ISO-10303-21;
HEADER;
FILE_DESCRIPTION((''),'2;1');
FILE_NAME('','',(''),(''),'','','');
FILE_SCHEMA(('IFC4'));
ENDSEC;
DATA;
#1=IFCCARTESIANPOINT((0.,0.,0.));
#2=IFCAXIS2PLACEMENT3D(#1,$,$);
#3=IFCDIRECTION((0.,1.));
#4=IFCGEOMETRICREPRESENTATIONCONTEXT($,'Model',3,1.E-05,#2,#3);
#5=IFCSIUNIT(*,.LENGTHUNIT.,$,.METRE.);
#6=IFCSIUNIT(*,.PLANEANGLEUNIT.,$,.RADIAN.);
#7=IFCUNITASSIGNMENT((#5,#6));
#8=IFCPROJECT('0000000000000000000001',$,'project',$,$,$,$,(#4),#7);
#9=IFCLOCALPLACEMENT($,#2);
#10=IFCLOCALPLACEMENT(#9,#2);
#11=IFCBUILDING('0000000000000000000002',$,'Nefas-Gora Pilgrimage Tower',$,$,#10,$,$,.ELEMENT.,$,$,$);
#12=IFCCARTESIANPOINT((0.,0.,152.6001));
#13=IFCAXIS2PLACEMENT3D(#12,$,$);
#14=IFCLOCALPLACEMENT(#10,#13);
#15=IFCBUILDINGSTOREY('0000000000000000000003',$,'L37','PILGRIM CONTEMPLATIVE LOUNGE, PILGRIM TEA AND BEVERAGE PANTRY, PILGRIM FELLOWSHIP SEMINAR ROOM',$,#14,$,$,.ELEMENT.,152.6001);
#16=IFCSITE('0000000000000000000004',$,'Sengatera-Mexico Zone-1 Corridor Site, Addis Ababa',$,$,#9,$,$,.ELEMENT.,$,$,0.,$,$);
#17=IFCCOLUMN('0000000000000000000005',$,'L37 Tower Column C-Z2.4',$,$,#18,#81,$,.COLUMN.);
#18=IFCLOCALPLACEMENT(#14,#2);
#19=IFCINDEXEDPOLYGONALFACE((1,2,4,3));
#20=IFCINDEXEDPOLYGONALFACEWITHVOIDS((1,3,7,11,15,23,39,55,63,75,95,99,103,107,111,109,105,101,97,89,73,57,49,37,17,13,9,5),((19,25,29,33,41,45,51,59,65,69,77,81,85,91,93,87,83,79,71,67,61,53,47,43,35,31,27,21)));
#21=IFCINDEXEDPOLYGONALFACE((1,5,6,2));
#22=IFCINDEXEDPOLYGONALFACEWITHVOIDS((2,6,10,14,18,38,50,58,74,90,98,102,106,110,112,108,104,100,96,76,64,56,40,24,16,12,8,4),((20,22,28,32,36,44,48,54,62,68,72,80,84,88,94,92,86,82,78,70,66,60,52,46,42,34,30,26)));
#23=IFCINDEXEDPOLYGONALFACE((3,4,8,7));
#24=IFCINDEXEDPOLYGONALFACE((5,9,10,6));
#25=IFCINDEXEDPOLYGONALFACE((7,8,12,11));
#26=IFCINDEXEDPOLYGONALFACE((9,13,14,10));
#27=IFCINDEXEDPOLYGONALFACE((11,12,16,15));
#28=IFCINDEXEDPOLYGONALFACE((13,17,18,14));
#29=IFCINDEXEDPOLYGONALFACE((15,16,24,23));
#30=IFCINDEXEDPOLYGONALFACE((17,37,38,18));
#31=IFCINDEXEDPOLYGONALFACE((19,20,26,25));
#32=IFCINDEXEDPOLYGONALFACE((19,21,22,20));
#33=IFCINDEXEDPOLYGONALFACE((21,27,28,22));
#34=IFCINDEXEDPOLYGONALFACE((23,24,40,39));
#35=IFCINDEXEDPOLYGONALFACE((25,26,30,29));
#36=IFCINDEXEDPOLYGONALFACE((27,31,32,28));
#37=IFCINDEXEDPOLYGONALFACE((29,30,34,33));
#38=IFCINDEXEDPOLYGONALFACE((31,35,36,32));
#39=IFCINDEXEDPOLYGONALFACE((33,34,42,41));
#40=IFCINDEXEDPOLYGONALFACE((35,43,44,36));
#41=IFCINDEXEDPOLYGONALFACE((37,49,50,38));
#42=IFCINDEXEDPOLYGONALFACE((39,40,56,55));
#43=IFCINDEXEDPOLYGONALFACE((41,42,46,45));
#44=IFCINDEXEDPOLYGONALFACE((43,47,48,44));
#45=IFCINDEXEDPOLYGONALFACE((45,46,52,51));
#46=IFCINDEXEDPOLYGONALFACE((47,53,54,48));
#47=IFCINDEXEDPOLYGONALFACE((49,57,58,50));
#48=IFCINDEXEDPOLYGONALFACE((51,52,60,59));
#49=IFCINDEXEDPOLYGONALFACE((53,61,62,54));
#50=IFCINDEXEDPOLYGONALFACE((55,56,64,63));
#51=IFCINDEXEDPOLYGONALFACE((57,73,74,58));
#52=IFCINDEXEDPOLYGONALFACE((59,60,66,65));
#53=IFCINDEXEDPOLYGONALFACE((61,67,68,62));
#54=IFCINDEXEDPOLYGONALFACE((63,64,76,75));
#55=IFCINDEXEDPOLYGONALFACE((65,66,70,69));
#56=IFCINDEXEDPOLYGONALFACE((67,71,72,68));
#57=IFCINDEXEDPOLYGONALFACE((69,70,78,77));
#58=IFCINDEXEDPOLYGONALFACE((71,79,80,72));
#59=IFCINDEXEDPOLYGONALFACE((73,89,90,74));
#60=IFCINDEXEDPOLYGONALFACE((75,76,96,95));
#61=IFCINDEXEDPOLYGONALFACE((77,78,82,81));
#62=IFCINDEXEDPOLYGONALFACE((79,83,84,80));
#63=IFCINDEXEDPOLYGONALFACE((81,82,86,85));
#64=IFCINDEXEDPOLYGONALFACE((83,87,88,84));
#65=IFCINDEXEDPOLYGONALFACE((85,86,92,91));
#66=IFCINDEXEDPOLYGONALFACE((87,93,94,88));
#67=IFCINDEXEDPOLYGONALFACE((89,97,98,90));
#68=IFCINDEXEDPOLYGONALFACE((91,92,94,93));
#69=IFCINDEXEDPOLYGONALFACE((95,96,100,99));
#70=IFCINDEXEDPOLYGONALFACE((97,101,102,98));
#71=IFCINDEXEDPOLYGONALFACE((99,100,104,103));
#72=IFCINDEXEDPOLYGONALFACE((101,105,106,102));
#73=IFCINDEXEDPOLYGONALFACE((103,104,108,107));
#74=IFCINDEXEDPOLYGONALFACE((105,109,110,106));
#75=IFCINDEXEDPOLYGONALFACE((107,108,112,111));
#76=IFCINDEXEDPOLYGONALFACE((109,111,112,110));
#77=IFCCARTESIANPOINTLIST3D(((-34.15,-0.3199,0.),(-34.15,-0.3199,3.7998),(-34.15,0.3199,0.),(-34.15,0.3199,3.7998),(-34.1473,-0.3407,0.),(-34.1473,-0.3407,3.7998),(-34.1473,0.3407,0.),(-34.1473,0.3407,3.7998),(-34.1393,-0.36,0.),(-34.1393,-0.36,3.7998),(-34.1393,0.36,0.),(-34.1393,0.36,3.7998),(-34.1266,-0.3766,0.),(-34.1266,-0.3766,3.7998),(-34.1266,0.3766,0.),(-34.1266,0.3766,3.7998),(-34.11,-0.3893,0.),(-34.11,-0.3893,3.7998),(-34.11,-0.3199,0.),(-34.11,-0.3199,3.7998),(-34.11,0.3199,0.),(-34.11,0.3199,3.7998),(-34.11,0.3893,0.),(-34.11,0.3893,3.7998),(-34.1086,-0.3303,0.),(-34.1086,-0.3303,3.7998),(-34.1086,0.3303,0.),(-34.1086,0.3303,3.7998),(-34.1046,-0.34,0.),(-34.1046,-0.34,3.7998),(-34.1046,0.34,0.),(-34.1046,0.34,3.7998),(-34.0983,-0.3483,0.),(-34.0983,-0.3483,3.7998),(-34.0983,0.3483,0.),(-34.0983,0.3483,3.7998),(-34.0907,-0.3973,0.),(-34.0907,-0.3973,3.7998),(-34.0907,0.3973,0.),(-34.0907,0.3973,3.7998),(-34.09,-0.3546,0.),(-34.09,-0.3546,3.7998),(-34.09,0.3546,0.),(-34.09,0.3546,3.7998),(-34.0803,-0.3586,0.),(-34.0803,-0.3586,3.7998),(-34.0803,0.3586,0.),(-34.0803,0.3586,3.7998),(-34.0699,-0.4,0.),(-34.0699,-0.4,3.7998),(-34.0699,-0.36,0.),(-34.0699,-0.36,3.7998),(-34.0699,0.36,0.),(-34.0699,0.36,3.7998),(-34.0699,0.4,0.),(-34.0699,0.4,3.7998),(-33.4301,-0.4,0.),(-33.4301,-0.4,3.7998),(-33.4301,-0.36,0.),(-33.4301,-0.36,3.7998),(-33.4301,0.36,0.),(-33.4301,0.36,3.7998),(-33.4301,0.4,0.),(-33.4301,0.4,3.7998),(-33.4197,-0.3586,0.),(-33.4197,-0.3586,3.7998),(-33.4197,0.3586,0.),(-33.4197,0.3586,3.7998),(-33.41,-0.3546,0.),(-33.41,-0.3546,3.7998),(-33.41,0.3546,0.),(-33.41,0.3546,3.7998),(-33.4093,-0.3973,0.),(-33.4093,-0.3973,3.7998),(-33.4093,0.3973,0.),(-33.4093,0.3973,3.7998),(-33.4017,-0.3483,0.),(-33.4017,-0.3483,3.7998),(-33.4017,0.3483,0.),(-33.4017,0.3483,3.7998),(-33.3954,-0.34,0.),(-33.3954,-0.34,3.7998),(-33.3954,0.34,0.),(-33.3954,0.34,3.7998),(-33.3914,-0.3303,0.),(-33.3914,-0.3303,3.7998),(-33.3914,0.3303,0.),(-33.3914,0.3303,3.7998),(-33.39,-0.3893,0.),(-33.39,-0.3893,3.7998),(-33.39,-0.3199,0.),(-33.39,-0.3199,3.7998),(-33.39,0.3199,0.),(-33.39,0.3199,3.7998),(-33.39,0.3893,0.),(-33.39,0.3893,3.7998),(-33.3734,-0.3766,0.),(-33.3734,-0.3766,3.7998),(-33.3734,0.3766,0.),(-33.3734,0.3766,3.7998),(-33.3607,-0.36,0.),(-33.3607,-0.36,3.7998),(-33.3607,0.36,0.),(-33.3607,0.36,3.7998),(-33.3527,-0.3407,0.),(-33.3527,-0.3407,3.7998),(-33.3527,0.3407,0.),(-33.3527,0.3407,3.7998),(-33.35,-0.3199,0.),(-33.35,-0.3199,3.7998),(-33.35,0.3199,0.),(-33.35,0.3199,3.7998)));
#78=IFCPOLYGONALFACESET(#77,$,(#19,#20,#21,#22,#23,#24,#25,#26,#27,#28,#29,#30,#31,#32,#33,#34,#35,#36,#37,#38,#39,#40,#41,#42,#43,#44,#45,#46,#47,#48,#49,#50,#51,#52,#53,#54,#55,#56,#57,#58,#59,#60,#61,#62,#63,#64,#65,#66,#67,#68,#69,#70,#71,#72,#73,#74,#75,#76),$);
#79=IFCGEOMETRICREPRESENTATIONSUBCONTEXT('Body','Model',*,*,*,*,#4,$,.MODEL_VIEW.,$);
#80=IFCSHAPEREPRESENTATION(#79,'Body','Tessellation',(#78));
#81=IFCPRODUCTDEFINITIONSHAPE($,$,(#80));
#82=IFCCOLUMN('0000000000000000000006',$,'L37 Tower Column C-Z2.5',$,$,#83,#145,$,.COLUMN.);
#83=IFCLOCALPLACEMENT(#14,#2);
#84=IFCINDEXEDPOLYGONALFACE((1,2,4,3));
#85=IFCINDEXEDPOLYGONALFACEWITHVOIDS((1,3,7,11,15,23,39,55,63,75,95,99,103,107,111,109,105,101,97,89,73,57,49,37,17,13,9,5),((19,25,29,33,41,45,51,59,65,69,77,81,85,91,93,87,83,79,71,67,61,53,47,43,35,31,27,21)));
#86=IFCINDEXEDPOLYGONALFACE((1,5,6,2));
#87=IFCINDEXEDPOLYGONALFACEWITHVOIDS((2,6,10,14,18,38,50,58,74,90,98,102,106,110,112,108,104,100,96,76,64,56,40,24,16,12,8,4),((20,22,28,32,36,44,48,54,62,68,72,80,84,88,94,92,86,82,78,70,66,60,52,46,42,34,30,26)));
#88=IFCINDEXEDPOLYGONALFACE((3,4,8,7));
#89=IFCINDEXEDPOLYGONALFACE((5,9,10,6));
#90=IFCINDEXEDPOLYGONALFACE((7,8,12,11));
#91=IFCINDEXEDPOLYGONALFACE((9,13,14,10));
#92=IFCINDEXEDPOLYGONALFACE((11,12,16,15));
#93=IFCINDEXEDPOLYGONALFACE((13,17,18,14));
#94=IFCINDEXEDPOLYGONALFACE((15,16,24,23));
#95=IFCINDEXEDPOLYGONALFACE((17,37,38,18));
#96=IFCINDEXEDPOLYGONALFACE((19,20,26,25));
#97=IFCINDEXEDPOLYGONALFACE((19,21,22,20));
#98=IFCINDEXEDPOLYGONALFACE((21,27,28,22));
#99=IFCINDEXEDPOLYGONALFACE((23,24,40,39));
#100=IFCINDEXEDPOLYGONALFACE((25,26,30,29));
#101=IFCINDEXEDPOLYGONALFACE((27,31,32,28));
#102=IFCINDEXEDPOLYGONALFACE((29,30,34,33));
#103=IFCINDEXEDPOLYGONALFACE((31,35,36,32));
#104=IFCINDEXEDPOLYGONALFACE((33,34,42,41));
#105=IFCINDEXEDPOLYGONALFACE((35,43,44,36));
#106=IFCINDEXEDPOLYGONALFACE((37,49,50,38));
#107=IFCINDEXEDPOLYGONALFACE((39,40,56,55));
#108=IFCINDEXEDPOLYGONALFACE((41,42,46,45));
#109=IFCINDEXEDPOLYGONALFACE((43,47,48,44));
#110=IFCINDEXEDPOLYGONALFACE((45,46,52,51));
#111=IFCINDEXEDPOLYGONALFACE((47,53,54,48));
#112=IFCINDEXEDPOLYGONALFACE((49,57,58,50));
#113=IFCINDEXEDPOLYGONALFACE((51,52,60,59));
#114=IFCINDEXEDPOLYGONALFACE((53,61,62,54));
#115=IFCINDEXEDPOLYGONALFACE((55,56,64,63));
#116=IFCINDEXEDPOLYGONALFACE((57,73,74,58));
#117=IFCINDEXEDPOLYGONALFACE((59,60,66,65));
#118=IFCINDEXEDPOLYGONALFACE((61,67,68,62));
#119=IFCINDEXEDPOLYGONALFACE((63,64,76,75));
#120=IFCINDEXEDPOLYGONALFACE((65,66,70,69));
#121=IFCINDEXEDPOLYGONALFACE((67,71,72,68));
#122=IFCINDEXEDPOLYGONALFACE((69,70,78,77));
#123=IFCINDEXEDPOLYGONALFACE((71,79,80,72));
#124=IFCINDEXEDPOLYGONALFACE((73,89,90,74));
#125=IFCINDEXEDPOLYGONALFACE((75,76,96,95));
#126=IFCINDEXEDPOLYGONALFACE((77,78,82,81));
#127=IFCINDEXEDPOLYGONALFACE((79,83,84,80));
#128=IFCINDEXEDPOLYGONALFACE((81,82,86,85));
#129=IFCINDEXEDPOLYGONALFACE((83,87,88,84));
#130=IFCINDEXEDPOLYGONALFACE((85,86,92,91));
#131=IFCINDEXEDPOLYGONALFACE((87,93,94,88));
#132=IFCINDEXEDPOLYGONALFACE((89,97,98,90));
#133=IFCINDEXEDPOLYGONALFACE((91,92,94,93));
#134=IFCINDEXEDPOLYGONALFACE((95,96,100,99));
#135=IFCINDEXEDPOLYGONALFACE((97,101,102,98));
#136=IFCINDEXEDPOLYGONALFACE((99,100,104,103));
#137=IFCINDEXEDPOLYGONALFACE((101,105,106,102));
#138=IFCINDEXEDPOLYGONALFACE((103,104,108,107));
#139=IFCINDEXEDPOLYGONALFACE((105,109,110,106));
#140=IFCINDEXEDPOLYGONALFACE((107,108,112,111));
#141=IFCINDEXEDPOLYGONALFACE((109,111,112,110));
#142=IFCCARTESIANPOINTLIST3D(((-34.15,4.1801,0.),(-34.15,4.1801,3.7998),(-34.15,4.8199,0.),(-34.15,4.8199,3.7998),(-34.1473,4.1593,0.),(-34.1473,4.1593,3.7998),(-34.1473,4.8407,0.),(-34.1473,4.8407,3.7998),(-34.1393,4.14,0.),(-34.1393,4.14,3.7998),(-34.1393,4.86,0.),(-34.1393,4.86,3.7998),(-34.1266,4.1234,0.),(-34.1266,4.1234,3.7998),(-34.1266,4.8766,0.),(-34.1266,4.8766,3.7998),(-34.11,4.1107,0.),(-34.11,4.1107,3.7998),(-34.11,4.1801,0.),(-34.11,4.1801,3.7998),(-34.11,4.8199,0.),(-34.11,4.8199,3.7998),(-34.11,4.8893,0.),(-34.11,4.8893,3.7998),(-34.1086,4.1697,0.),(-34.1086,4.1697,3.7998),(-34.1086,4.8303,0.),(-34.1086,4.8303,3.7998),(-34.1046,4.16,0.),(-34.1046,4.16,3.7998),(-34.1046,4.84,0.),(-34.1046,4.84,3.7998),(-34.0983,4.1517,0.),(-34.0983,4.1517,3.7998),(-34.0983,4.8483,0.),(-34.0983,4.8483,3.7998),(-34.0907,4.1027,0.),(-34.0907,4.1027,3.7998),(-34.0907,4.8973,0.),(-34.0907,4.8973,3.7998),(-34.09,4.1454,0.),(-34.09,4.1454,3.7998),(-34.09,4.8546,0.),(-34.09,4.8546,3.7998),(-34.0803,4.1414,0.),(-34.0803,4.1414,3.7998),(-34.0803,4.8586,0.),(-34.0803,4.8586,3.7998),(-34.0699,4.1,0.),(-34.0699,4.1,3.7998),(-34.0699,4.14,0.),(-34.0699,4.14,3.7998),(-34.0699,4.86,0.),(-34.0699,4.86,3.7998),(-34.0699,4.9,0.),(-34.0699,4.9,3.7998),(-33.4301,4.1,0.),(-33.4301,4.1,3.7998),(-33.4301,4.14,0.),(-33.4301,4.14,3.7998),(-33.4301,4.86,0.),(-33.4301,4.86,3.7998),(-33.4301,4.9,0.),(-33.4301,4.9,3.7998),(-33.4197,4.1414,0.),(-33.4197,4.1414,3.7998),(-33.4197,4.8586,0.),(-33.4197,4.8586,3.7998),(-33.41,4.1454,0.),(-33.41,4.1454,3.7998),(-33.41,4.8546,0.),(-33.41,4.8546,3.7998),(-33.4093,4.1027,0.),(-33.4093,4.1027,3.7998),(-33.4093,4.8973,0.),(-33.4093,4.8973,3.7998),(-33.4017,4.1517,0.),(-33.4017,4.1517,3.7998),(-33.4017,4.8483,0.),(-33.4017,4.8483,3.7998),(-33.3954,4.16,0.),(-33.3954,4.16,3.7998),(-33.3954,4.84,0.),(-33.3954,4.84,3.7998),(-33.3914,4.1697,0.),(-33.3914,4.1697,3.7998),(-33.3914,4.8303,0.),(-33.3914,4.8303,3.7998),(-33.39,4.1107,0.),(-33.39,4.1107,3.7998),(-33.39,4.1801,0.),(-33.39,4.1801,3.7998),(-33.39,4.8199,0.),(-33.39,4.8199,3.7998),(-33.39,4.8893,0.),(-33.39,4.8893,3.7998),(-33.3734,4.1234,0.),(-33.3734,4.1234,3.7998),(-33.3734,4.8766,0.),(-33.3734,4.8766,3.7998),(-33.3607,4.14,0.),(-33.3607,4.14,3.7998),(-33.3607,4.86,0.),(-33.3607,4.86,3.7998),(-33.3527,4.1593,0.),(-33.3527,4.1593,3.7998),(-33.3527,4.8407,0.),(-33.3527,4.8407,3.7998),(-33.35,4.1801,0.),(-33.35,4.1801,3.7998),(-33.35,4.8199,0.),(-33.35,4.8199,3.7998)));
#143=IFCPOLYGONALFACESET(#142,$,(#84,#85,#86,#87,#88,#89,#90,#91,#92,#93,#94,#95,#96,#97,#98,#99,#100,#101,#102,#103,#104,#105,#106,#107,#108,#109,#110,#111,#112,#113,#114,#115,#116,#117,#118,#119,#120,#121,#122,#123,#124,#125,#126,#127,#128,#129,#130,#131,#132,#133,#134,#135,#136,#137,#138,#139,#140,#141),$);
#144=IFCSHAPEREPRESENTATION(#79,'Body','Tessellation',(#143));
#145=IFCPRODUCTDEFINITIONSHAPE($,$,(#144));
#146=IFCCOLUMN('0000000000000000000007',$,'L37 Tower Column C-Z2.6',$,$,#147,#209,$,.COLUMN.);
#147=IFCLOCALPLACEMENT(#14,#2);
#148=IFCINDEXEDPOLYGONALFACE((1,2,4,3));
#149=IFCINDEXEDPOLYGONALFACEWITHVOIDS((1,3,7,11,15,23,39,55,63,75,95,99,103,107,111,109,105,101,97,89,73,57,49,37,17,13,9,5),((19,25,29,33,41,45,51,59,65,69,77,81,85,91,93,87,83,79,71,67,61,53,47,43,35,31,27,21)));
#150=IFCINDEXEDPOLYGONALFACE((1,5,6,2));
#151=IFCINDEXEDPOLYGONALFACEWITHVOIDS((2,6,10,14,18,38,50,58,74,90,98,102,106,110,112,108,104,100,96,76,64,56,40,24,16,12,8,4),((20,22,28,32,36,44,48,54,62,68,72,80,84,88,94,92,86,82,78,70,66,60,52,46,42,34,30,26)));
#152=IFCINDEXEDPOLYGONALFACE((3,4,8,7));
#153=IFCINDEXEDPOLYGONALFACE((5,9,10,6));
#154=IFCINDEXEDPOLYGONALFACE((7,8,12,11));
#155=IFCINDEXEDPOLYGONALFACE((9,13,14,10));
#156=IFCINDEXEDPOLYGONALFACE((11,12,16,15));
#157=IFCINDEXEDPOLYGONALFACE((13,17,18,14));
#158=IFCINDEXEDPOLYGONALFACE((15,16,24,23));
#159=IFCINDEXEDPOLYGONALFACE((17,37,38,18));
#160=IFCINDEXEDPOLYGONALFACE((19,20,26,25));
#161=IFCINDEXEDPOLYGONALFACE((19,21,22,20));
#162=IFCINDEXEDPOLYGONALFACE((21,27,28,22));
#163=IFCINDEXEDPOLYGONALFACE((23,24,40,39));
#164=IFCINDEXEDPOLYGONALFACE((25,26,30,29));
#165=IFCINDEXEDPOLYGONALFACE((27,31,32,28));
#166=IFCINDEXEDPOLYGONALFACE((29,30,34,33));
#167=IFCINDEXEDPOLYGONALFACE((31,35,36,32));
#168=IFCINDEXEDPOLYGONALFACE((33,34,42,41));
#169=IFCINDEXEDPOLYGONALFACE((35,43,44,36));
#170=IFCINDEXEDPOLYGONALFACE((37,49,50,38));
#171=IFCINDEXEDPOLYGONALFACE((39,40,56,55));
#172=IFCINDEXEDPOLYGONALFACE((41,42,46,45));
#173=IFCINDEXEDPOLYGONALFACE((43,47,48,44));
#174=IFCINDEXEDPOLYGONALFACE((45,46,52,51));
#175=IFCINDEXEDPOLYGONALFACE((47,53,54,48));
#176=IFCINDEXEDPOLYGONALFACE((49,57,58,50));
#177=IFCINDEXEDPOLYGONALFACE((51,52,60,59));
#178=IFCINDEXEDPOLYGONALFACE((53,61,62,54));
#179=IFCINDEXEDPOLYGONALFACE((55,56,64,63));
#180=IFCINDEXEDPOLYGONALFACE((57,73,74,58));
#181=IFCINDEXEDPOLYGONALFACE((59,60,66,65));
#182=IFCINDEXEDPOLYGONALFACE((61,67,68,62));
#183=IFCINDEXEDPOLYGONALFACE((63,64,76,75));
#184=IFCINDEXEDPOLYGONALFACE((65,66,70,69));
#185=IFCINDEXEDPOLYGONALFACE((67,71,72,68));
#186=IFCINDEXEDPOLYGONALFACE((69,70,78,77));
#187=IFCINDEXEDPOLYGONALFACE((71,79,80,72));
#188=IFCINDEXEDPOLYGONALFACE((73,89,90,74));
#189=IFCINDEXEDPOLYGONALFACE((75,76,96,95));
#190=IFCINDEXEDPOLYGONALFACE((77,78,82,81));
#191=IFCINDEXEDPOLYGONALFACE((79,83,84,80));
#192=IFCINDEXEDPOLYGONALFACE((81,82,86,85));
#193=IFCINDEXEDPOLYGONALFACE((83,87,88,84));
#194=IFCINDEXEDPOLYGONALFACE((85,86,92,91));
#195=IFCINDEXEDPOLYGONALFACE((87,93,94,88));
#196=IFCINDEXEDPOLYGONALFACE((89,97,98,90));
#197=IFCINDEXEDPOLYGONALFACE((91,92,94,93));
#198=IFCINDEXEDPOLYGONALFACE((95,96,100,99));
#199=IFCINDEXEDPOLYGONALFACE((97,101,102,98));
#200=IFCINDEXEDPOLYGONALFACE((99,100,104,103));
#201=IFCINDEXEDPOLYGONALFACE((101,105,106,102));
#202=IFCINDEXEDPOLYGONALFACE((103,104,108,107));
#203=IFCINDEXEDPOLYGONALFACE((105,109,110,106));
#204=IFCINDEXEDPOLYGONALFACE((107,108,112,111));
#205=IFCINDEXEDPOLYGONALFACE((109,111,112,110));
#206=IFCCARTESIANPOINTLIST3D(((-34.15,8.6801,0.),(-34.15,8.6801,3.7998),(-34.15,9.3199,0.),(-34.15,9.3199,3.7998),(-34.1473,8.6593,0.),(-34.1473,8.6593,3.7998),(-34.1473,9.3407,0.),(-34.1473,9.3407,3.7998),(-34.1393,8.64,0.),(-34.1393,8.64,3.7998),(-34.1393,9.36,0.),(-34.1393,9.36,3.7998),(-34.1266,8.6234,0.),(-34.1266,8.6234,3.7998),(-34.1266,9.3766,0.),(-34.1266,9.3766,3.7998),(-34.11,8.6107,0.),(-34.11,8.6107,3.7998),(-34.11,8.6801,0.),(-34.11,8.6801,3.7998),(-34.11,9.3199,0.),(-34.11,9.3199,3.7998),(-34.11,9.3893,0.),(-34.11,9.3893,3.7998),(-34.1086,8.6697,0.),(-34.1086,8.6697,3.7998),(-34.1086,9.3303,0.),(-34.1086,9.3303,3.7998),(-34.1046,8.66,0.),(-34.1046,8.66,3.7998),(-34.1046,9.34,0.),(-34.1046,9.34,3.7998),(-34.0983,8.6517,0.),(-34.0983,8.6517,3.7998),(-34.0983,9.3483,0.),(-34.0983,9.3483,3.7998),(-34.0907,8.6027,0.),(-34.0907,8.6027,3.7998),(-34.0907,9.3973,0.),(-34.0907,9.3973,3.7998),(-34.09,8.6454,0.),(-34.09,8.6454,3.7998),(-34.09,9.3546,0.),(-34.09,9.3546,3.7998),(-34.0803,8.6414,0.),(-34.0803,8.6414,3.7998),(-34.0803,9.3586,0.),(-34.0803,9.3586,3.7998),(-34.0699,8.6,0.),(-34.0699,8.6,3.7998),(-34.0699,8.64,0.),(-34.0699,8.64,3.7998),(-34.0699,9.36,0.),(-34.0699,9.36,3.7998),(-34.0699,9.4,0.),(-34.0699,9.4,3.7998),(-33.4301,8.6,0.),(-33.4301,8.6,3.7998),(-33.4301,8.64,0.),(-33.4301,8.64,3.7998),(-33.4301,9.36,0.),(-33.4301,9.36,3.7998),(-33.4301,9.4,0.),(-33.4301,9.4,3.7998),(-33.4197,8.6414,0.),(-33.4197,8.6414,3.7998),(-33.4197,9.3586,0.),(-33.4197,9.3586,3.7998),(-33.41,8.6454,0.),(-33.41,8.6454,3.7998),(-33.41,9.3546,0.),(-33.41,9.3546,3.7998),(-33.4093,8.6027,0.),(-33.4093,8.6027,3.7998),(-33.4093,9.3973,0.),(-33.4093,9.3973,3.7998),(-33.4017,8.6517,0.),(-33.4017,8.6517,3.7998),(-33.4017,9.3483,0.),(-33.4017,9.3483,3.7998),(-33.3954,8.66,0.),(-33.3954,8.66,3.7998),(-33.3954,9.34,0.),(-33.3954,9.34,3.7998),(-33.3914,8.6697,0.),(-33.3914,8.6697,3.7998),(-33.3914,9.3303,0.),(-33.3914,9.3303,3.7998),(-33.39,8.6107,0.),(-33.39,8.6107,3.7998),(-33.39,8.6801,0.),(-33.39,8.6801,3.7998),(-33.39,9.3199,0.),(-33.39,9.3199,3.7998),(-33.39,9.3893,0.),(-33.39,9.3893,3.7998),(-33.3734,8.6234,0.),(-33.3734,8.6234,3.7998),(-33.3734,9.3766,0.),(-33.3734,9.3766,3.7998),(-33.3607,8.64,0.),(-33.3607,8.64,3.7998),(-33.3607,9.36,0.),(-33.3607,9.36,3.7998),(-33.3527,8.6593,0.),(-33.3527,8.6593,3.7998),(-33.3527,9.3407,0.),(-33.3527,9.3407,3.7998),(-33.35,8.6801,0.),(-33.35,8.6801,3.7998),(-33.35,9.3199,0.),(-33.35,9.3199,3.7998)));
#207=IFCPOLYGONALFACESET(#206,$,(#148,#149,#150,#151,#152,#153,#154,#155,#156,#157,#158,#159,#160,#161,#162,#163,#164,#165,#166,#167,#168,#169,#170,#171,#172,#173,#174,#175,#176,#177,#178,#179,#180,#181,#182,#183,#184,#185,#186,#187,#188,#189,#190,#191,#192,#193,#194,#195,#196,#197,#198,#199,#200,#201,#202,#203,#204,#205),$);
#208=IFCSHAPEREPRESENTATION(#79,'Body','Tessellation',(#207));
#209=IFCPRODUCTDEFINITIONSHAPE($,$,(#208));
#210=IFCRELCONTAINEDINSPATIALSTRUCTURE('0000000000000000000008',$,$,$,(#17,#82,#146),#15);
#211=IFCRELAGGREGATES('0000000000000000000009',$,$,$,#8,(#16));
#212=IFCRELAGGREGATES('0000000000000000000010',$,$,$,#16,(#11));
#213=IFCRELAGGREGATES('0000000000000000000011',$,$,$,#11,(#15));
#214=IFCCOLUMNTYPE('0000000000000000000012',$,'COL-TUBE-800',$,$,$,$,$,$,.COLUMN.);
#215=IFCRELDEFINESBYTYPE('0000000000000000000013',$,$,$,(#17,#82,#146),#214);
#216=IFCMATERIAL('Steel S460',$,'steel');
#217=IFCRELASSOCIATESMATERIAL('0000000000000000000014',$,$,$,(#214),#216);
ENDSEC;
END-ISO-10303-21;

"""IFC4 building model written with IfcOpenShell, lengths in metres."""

from ifc_helpers import new_model, si_unit, direction, frame, origin, origin_2d, place, context, subcontext, project, spatial, hollow_rectangle, extrude, source, transform, mapped, material, material_profile, profile_set, type_object, element, save


model = new_model("IFC4")

# Units and contexts
model_context = context("Model", 3, precision=1e-05, world=origin(), true_north=direction((0.0, 1.0)))
body_context = subcontext(model_context, "Body", "Model", "MODEL_VIEW")
ifc_project = project(units=[si_unit("LENGTHUNIT", "METRE"), si_unit("PLANEANGLEUNIT", "RADIAN")], contexts=[model_context])

# Site, building, storey
site_placement = place(None, origin())
site = spatial("IfcSite", under=ifc_project, at=site_placement, Name="Sengatera-Mexico Zone-1 Corridor Site, Addis Ababa", CompositionType="ELEMENT", RefElevation=0.0)
building_placement = place(site_placement, origin())
building = spatial("IfcBuilding", under=site, at=building_placement, Name="Nefas-Gora Pilgrimage Tower", CompositionType="ELEMENT")
storey_placement = place(building_placement, frame((0.0, 0.0, 152.6001)))
storey = spatial("IfcBuildingStorey", under=building, at=storey_placement, Name="L37", Description="PILGRIM CONTEMPLATIVE LOUNGE, PILGRIM TEA AND BEVERAGE PANTRY, PILGRIM FELLOWSHIP SEMINAR ROOM", CompositionType="ELEMENT", Elevation=152.6001)

# Columns
ifc_material_1 = material(Name="Steel S460", Category="steel")
ifc_material_profile_1 = material_profile(ifc_material_1, hollow_rectangle(XDim=0.8, YDim=0.8, WallThickness=0.04, InnerFilletRadius=0.04, OuterFilletRadius=0.0801, at=origin_2d()), Name="BOX 800x800x40")
ifc_profile_set_1 = profile_set([ifc_material_profile_1], Name="Steel S460")
column_type_1 = type_object("IfcColumnType", Name="COL-TUBE-800", PredefinedType="COLUMN", material=ifc_profile_set_1)
shared_shape_1 = source(origin(), body_context, "Body", "SweptSolid", [
    extrude(hollow_rectangle(XDim=0.8, YDim=0.8, WallThickness=0.04, InnerFilletRadius=0.04, OuterFilletRadius=0.0801, at=origin_2d()), origin(), (0.0, 0.0, 1.0), 3.7998),
])
for number, where, z_axis, x_axis, name in (
    (1, (-33.75, 0.0, 0.0), (0.0, 0.0, 1.0), (1.0, 0.0, 0.0), "L37 Tower Column C-Z2.4"),
    (2, (-33.75, 4.5, 0.0), (0.0, 0.0, 1.0), (1.0, 0.0, 0.0), "L37 Tower Column C-Z2.5"),
    (3, (-33.75, 9.0, 0.0), (0.0, 0.0, 1.0), (1.0, 0.0, 0.0), "L37 Tower Column C-Z2.6"),
):
    element("IfcColumn", number, at=place(storey_placement, frame(where, z_axis=z_axis, x_axis=x_axis)), inside=storey, type_object=column_type_1, Name=name, PredefinedType="COLUMN", context=body_context, shape_type="MappedRepresentation", body=[
        mapped(shared_shape_1, transform((0.0, 0.0, 0.0), x_axis=(1.0, 0.0, 0.0), y_axis=(0.0, 1.0, 0.0), z_axis=(0.0, 0.0, 1.0), scale=1.0)),
    ])

save(model, "model.ifc")
